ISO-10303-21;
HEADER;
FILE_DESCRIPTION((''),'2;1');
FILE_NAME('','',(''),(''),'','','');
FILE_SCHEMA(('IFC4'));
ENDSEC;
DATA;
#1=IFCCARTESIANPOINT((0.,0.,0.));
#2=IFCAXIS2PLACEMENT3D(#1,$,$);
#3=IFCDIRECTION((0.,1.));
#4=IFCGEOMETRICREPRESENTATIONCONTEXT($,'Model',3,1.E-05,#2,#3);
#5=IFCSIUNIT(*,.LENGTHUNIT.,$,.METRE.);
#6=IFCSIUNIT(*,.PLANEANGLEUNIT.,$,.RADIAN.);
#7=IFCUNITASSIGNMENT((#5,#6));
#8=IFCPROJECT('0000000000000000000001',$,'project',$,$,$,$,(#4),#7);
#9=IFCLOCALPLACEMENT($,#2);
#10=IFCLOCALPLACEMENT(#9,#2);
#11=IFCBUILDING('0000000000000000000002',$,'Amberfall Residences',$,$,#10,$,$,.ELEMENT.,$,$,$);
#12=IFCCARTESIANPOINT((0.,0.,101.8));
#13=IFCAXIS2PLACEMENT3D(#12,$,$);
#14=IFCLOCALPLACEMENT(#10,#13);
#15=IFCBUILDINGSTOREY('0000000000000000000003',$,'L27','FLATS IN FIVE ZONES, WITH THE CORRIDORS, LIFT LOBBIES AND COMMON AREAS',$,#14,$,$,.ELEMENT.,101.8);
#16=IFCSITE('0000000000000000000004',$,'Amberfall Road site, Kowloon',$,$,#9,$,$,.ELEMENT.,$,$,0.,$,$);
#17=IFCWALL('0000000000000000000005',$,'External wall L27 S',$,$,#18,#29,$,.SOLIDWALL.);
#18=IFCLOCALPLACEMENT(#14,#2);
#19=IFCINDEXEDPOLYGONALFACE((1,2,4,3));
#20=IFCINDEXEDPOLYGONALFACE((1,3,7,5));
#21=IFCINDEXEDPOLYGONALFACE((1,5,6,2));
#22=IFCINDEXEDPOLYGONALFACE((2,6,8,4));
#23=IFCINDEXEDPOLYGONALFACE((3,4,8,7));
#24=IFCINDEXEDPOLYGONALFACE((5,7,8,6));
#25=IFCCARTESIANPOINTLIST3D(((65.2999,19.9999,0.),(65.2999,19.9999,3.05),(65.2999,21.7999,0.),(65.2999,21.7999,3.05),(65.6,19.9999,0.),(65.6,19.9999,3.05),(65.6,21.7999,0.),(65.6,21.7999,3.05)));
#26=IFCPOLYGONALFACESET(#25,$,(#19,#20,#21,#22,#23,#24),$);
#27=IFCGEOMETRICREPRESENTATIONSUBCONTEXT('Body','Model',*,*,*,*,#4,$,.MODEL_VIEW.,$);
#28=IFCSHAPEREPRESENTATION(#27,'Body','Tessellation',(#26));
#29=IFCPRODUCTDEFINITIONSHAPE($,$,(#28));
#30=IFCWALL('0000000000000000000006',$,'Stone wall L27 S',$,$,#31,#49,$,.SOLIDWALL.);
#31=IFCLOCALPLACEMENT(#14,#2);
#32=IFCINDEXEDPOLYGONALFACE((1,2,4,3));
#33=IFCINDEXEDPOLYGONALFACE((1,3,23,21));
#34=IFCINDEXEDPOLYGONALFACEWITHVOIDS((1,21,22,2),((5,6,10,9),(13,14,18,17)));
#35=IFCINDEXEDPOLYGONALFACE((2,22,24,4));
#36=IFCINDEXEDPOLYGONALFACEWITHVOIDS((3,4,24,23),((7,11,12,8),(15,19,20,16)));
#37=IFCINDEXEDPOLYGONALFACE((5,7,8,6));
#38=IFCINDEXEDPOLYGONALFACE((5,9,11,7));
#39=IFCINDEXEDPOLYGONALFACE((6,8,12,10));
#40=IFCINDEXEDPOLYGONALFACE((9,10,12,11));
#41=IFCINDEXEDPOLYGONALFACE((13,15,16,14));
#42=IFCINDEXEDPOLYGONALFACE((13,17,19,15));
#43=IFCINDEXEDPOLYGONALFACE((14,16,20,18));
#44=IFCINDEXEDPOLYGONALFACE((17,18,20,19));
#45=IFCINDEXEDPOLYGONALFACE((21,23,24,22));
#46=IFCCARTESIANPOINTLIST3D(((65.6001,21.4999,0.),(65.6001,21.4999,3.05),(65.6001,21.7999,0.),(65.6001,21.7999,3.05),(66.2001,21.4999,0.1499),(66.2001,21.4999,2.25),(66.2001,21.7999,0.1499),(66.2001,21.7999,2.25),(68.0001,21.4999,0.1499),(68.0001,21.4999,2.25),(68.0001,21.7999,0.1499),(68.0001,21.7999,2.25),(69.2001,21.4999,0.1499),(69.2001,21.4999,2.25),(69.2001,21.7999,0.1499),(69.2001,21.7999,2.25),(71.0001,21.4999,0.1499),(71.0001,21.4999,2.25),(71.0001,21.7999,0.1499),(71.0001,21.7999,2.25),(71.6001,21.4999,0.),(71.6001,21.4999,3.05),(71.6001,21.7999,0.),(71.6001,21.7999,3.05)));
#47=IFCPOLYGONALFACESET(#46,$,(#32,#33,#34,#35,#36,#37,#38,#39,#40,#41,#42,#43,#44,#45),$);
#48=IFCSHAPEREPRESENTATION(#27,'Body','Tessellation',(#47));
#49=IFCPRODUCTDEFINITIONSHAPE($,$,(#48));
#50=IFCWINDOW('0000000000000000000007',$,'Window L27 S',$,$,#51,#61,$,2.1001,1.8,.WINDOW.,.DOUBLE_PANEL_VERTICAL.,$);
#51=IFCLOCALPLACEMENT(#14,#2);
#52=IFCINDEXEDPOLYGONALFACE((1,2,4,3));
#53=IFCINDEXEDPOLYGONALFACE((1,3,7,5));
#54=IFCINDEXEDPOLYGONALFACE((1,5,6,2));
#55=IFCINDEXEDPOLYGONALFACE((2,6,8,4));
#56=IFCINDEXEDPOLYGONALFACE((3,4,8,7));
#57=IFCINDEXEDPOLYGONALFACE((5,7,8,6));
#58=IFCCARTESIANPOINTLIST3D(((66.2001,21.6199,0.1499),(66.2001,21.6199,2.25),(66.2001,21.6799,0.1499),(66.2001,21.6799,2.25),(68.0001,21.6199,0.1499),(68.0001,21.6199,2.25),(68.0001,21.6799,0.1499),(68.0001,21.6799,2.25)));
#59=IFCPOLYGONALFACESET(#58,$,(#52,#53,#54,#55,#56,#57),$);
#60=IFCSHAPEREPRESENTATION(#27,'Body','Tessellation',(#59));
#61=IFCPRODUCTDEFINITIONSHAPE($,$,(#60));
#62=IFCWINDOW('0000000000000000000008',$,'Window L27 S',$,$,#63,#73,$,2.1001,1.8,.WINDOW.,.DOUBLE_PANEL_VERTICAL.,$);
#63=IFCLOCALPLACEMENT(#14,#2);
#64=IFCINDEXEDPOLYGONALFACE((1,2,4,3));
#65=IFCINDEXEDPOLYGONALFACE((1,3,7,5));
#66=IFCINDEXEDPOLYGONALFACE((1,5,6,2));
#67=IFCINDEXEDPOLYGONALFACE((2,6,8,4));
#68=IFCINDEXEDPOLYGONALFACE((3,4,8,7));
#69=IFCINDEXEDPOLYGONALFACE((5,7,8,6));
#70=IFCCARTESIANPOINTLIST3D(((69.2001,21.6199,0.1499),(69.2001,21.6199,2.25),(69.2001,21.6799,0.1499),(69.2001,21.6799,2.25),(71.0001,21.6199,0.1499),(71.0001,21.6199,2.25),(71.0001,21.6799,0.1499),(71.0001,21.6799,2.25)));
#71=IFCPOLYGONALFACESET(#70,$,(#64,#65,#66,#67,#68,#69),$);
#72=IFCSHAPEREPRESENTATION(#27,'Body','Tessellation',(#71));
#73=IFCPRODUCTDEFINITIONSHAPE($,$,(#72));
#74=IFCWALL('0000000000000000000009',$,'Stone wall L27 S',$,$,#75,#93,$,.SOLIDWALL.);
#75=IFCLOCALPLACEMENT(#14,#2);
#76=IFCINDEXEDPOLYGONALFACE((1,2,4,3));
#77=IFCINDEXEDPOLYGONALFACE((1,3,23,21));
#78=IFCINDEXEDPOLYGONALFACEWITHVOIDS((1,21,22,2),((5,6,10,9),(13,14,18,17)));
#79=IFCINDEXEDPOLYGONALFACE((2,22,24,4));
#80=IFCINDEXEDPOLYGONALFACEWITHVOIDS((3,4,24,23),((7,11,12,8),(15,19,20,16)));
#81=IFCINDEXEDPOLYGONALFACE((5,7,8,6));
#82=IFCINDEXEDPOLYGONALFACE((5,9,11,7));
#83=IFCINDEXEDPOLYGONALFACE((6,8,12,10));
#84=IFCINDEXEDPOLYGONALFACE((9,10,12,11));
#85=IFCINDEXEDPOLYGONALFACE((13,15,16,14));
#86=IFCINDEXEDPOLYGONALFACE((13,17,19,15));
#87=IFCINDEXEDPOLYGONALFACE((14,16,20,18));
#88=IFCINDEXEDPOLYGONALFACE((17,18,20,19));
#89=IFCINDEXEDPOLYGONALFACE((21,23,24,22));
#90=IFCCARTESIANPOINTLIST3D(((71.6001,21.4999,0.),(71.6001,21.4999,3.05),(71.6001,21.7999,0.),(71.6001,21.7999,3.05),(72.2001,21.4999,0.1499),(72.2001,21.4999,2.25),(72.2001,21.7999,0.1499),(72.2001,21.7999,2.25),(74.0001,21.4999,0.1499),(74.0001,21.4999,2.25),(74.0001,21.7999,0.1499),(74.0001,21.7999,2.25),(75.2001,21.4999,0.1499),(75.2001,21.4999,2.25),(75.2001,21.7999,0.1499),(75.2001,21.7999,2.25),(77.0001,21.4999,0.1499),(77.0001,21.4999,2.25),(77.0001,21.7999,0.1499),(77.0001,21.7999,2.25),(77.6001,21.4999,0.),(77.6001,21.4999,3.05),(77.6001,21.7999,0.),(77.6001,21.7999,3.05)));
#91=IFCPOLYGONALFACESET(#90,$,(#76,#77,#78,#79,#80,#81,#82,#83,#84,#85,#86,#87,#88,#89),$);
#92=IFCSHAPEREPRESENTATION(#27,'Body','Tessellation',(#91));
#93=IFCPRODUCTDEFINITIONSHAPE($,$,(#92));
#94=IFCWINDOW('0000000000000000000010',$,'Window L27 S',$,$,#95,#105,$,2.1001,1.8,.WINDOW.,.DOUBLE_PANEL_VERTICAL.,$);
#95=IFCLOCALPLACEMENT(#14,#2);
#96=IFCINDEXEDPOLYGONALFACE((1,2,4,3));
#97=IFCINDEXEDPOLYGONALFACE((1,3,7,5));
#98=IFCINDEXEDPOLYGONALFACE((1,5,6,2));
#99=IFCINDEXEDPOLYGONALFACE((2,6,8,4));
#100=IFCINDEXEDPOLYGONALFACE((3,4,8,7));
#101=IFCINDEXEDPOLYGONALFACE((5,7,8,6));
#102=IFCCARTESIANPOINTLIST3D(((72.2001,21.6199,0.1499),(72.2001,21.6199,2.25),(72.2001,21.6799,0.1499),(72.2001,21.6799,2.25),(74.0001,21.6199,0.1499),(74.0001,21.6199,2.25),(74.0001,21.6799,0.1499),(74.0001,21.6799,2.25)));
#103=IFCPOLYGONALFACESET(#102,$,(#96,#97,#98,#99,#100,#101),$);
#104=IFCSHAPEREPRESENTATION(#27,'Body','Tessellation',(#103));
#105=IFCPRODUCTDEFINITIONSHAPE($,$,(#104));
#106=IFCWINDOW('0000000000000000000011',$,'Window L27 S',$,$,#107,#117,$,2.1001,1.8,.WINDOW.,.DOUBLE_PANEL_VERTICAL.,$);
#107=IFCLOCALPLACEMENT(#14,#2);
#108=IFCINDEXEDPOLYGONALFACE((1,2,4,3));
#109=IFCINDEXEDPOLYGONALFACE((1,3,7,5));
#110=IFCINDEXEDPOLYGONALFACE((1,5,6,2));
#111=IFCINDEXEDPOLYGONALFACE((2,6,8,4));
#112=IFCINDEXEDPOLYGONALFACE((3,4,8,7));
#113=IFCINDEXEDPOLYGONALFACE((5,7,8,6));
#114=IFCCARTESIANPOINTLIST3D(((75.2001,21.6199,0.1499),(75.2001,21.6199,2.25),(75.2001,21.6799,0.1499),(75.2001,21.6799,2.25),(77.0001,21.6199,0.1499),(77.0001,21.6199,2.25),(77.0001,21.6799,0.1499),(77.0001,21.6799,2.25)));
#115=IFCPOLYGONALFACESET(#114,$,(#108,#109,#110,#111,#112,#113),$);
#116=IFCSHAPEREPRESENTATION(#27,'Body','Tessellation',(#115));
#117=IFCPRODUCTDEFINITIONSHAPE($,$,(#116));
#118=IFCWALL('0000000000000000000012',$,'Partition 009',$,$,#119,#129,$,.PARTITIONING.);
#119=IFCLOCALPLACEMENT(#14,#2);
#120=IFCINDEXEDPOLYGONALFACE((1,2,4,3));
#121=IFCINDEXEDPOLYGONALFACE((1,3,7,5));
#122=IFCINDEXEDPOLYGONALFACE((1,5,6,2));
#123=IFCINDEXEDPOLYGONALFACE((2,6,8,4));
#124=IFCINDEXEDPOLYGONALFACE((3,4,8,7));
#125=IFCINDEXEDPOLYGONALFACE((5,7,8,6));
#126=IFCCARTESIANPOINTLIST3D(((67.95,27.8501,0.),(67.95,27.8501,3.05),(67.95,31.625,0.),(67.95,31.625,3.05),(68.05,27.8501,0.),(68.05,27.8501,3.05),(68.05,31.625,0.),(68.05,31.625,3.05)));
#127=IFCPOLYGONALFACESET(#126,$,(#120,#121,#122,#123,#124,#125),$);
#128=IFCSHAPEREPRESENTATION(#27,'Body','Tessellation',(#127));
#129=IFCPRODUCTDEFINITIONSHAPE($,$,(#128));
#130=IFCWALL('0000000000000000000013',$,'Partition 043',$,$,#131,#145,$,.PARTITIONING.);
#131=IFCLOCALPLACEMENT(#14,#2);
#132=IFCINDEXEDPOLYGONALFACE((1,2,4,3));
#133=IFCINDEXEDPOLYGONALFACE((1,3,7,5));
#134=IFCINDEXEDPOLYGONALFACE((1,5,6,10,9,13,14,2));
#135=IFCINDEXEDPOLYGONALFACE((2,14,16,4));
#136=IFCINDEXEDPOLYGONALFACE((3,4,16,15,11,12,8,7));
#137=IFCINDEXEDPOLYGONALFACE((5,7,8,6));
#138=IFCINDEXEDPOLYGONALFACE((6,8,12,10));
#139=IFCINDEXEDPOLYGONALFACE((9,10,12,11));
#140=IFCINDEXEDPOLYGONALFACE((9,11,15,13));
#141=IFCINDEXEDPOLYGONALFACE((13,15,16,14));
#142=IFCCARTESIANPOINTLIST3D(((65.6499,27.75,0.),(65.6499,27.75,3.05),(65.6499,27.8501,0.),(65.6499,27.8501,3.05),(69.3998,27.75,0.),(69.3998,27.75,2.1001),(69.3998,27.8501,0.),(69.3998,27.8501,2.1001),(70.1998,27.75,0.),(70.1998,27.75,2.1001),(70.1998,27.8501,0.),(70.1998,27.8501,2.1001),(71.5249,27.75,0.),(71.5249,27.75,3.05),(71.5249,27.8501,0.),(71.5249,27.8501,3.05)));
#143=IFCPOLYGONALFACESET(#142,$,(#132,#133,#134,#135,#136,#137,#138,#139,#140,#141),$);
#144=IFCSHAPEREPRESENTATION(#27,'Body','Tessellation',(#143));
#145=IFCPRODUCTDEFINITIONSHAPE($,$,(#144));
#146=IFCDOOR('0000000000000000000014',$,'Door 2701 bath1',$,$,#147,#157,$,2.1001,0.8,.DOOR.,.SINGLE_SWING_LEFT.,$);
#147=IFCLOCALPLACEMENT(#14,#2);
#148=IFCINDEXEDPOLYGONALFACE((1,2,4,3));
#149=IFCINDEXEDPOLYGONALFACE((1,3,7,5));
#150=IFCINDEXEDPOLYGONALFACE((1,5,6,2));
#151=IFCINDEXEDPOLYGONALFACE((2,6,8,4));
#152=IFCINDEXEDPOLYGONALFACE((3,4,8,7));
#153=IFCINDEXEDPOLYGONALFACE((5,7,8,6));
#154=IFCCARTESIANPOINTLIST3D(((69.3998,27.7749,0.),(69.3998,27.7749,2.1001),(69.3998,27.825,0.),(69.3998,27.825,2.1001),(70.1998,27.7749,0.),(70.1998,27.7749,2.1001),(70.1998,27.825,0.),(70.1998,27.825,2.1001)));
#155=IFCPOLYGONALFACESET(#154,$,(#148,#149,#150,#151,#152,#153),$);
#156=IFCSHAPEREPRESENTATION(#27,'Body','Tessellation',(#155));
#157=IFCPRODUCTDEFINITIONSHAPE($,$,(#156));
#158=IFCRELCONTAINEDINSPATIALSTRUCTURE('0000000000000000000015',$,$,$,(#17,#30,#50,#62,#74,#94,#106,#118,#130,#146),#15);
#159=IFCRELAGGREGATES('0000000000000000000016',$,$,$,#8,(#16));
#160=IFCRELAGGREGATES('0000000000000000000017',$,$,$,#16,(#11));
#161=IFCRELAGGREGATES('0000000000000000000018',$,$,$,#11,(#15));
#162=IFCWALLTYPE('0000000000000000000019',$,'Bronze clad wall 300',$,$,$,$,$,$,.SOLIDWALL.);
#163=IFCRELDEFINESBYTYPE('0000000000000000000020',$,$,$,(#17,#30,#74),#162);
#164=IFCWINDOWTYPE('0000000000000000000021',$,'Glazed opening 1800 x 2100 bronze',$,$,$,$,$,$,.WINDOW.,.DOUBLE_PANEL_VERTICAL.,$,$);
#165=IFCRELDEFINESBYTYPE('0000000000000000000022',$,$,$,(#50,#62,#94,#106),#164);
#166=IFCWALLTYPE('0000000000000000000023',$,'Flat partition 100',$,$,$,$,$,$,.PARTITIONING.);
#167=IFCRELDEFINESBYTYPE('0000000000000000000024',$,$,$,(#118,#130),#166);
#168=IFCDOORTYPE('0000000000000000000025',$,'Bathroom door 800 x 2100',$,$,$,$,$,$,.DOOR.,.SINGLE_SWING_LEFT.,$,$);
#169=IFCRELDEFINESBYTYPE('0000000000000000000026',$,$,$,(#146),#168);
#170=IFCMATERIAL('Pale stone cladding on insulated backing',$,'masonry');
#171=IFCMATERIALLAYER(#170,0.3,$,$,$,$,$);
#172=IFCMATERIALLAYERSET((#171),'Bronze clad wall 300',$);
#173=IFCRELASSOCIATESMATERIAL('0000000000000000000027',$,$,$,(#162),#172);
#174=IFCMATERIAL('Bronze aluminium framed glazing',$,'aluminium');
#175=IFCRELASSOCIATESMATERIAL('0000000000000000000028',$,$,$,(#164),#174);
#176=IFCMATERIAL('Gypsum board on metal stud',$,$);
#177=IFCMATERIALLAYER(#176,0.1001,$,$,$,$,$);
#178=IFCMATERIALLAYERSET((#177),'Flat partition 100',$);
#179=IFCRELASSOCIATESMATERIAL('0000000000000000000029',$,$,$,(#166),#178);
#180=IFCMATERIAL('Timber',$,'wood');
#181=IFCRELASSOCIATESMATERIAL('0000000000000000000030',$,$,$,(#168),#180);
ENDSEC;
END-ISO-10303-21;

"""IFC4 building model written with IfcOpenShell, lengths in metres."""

from ifc_helpers import new_model, si_unit, direction, frame, frame_2d, origin, place, context, subcontext, project, spatial, rectangle, extrude, material, layer, layer_set, type_object, element, fill, save


model = new_model("IFC4")

# Units and contexts
model_context = context("Model", 3, precision=1e-05, world=origin(), true_north=direction((0.0, 1.0)))
body_context = subcontext(model_context, "Body", "Model", "MODEL_VIEW")
ifc_project = project(units=[si_unit("LENGTHUNIT", "METRE"), si_unit("PLANEANGLEUNIT", "RADIAN")], contexts=[model_context])

# Site, building, storey
site_placement = place(None, origin())
site = spatial("IfcSite", under=ifc_project, at=site_placement, Name="Amberfall Road site, Kowloon", CompositionType="ELEMENT", RefElevation=0.0)
building_placement = place(site_placement, origin())
building = spatial("IfcBuilding", under=site, at=building_placement, Name="Amberfall Residences", CompositionType="ELEMENT")
storey_placement = place(building_placement, frame((0.0, 0.0, 101.8)))
storey = spatial("IfcBuildingStorey", under=building, at=storey_placement, Name="L27", Description="FLATS IN FIVE ZONES, WITH THE CORRIDORS, LIFT LOBBIES AND COMMON AREAS", CompositionType="ELEMENT", Elevation=101.8)

# Wall
ifc_material_1 = material(Name="Pale stone cladding on insulated backing", Category="masonry")
ifc_layer_1 = layer(ifc_material_1, 0.3)
ifc_layer_set_1 = layer_set([ifc_layer_1], Name="Bronze clad wall 300")
wall_type_1 = type_object("IfcWallType", Name="Bronze clad wall 300", PredefinedType="SOLIDWALL", material=ifc_layer_set_1)
wall_1_placement = place(storey_placement, frame((65.45, 20.0, 0.0), z_axis=(0.0, 0.0, 1.0), x_axis=(0.0, 1.0, 0.0)))
element("IfcWall", 1, at=wall_1_placement, inside=storey, type_object=wall_type_1, Name="External wall L27 S", PredefinedType="SOLIDWALL", context=body_context, shape_type="SweptSolid", body=[
    extrude(rectangle(XDim=1.8, YDim=0.3, at=frame_2d((0.8999, 0.0))), origin(), (0.0, 0.0, 1.0), 3.05),
])

# Walls, openings, windows
wall_2_placement = place(storey_placement, frame((65.6001, 21.6499, 0.0), z_axis=(0.0, 0.0, 1.0), x_axis=(1.0, 0.0, 0.0)))
wall_2 = element("IfcWall", 2, at=wall_2_placement, inside=storey, type_object=wall_type_1, Name="Stone wall L27 S", PredefinedType="SOLIDWALL", context=body_context, shape_type="SweptSolid", body=[
    extrude(rectangle(XDim=6.0, YDim=0.3, at=frame_2d((3.0, 0.0))), origin(), (0.0, 0.0, 1.0), 3.05),
])
opening_1_placement = place(wall_2_placement, frame((0.6001, 0.0, 0.1499)))
opening_1 = element("IfcOpeningElement", 3, at=opening_1_placement, cuts=wall_2, PredefinedType="OPENING", context=body_context, shape_type="SweptSolid", body=[
    extrude(rectangle(XDim=1.8, YDim=2.1001, at=frame_2d((0.8999, 1.05))), frame((0.0, 0.1599, 0.0), z_axis=(0.0, -1.0, 0.0), x_axis=(1.0, 0.0, 0.0)), (0.0, 0.0, 1.0), 0.3201),
])
opening_2_placement = place(wall_2_placement, frame((3.6001, 0.0, 0.1499)))
opening_2 = element("IfcOpeningElement", 4, at=opening_2_placement, cuts=wall_2, PredefinedType="OPENING", context=body_context, shape_type="SweptSolid", body=[
    extrude(rectangle(XDim=1.8, YDim=2.1001, at=frame_2d((0.8999, 1.05))), frame((0.0, 0.1599, 0.0), z_axis=(0.0, -1.0, 0.0), x_axis=(1.0, 0.0, 0.0)), (0.0, 0.0, 1.0), 0.3201),
])
ifc_material_2 = material(Name="Bronze aluminium framed glazing", Category="aluminium")
window_type = type_object("IfcWindowType", Name="Glazed opening 1800 x 2100 bronze", PartitioningType="DOUBLE_PANEL_VERTICAL", PredefinedType="WINDOW", material=ifc_material_2)
window_1_placement = place(opening_1_placement, origin())
window_1 = element("IfcWindow", 5, at=window_1_placement, inside=storey, type_object=window_type, Name="Window L27 S", OverallHeight=2.1001, OverallWidth=1.8, PartitioningType="DOUBLE_PANEL_VERTICAL", PredefinedType="WINDOW", context=body_context, shape_type="SweptSolid", body=[
    extrude(rectangle(XDim=1.8, YDim=2.1001, at=frame_2d((0.8999, 1.05))), frame((0.0, 0.03, 0.0), z_axis=(0.0, -1.0, 0.0), x_axis=(1.0, 0.0, 0.0)), (0.0, 0.0, 1.0), 0.0601),
])
fill(opening_1, window_1)
window_2_placement = place(opening_2_placement, origin())
window_2 = element("IfcWindow", 6, at=window_2_placement, inside=storey, type_object=window_type, Name="Window L27 S", OverallHeight=2.1001, OverallWidth=1.8, PartitioningType="DOUBLE_PANEL_VERTICAL", PredefinedType="WINDOW", context=body_context, shape_type="SweptSolid", body=[
    extrude(rectangle(XDim=1.8, YDim=2.1001, at=frame_2d((0.8999, 1.05))), frame((0.0, 0.03, 0.0), z_axis=(0.0, -1.0, 0.0), x_axis=(1.0, 0.0, 0.0)), (0.0, 0.0, 1.0), 0.0601),
])
fill(opening_2, window_2)
wall_3_placement = place(storey_placement, frame((71.6001, 21.6499, 0.0), z_axis=(0.0, 0.0, 1.0), x_axis=(1.0, 0.0, 0.0)))
wall_3 = element("IfcWall", 7, at=wall_3_placement, inside=storey, type_object=wall_type_1, Name="Stone wall L27 S", PredefinedType="SOLIDWALL", context=body_context, shape_type="SweptSolid", body=[
    extrude(rectangle(XDim=6.0, YDim=0.3, at=frame_2d((3.0, 0.0))), origin(), (0.0, 0.0, 1.0), 3.05),
])
opening_3_placement = place(wall_3_placement, frame((0.6001, 0.0, 0.1499)))
opening_3 = element("IfcOpeningElement", 8, at=opening_3_placement, cuts=wall_3, PredefinedType="OPENING", context=body_context, shape_type="SweptSolid", body=[
    extrude(rectangle(XDim=1.8, YDim=2.1001, at=frame_2d((0.8999, 1.05))), frame((0.0, 0.1599, 0.0), z_axis=(0.0, -1.0, 0.0), x_axis=(1.0, 0.0, 0.0)), (0.0, 0.0, 1.0), 0.3201),
])
opening_4_placement = place(wall_3_placement, frame((3.6001, 0.0, 0.1499)))
opening_4 = element("IfcOpeningElement", 9, at=opening_4_placement, cuts=wall_3, PredefinedType="OPENING", context=body_context, shape_type="SweptSolid", body=[
    extrude(rectangle(XDim=1.8, YDim=2.1001, at=frame_2d((0.8999, 1.05))), frame((0.0, 0.1599, 0.0), z_axis=(0.0, -1.0, 0.0), x_axis=(1.0, 0.0, 0.0)), (0.0, 0.0, 1.0), 0.3201),
])
window_3_placement = place(opening_3_placement, origin())
window_3 = element("IfcWindow", 10, at=window_3_placement, inside=storey, type_object=window_type, Name="Window L27 S", OverallHeight=2.1001, OverallWidth=1.8, PartitioningType="DOUBLE_PANEL_VERTICAL", PredefinedType="WINDOW", context=body_context, shape_type="SweptSolid", body=[
    extrude(rectangle(XDim=1.8, YDim=2.1001, at=frame_2d((0.8999, 1.05))), frame((0.0, 0.03, 0.0), z_axis=(0.0, -1.0, 0.0), x_axis=(1.0, 0.0, 0.0)), (0.0, 0.0, 1.0), 0.0601),
])
fill(opening_3, window_3)
window_4_placement = place(opening_4_placement, origin())
window_4 = element("IfcWindow", 11, at=window_4_placement, inside=storey, type_object=window_type, Name="Window L27 S", OverallHeight=2.1001, OverallWidth=1.8, PartitioningType="DOUBLE_PANEL_VERTICAL", PredefinedType="WINDOW", context=body_context, shape_type="SweptSolid", body=[
    extrude(rectangle(XDim=1.8, YDim=2.1001, at=frame_2d((0.8999, 1.05))), frame((0.0, 0.03, 0.0), z_axis=(0.0, -1.0, 0.0), x_axis=(1.0, 0.0, 0.0)), (0.0, 0.0, 1.0), 0.0601),
])
fill(opening_4, window_4)

# Wall
ifc_material_3 = material(Name="Gypsum board on metal stud")
ifc_layer_2 = layer(ifc_material_3, 0.1001)
ifc_layer_set_2 = layer_set([ifc_layer_2], Name="Flat partition 100")
wall_type_2 = type_object("IfcWallType", Name="Flat partition 100", PredefinedType="PARTITIONING", material=ifc_layer_set_2)
wall_4_placement = place(storey_placement, frame((68.0, 27.8501, 0.0), z_axis=(0.0, 0.0, 1.0), x_axis=(0.0, 1.0, 0.0)))
element("IfcWall", 12, at=wall_4_placement, inside=storey, type_object=wall_type_2, Name="Partition 009", PredefinedType="PARTITIONING", context=body_context, shape_type="SweptSolid", body=[
    extrude(rectangle(XDim=3.7749, YDim=0.1001, at=frame_2d((1.8875, 0.0))), origin(), (0.0, 0.0, 1.0), 3.05),
])

# Wall, opening, door
wall_5_placement = place(storey_placement, frame((65.6499, 27.8, 0.0), z_axis=(0.0, 0.0, 1.0), x_axis=(1.0, 0.0, 0.0)))
wall_5 = element("IfcWall", 13, at=wall_5_placement, inside=storey, type_object=wall_type_2, Name="Partition 043", PredefinedType="PARTITIONING", context=body_context, shape_type="SweptSolid", body=[
    extrude(rectangle(XDim=5.875, YDim=0.1001, at=frame_2d((2.9375, 0.0))), origin(), (0.0, 0.0, 1.0), 3.05),
])
opening_5_placement = place(wall_5_placement, frame((3.75, 0.0, 0.0)))
opening_5 = element("IfcOpeningElement", 14, at=opening_5_placement, cuts=wall_5, PredefinedType="OPENING", context=body_context, shape_type="SweptSolid", body=[
    extrude(rectangle(XDim=0.8, YDim=2.1001, at=frame_2d((0.3999, 1.05))), frame((0.0, 0.0601, 0.0), z_axis=(0.0, -1.0, 0.0), x_axis=(1.0, 0.0, 0.0)), (0.0, 0.0, 1.0), 0.1201),
])
ifc_material_4 = material(Name="Timber", Category="wood")
door_type_1 = type_object("IfcDoorType", Name="Bathroom door 800 x 2100", OperationType="SINGLE_SWING_LEFT", PredefinedType="DOOR", material=ifc_material_4)
door_1_placement = place(opening_5_placement, origin())
door_1 = element("IfcDoor", 15, at=door_1_placement, inside=storey, type_object=door_type_1, Name="Door 2701 bath1", OperationType="SINGLE_SWING_LEFT", OverallHeight=2.1001, OverallWidth=0.8, PredefinedType="DOOR", context=body_context, shape_type="SweptSolid", body=[
    extrude(rectangle(XDim=0.8, YDim=2.1001, at=frame_2d((0.3999, 1.05))), frame((0.0, 0.0249, 0.0), z_axis=(0.0, -1.0, 0.0), x_axis=(1.0, 0.0, 0.0)), (0.0, 0.0, 1.0), 0.05),
])
fill(opening_5, door_1)

save(model, "model.ifc")
